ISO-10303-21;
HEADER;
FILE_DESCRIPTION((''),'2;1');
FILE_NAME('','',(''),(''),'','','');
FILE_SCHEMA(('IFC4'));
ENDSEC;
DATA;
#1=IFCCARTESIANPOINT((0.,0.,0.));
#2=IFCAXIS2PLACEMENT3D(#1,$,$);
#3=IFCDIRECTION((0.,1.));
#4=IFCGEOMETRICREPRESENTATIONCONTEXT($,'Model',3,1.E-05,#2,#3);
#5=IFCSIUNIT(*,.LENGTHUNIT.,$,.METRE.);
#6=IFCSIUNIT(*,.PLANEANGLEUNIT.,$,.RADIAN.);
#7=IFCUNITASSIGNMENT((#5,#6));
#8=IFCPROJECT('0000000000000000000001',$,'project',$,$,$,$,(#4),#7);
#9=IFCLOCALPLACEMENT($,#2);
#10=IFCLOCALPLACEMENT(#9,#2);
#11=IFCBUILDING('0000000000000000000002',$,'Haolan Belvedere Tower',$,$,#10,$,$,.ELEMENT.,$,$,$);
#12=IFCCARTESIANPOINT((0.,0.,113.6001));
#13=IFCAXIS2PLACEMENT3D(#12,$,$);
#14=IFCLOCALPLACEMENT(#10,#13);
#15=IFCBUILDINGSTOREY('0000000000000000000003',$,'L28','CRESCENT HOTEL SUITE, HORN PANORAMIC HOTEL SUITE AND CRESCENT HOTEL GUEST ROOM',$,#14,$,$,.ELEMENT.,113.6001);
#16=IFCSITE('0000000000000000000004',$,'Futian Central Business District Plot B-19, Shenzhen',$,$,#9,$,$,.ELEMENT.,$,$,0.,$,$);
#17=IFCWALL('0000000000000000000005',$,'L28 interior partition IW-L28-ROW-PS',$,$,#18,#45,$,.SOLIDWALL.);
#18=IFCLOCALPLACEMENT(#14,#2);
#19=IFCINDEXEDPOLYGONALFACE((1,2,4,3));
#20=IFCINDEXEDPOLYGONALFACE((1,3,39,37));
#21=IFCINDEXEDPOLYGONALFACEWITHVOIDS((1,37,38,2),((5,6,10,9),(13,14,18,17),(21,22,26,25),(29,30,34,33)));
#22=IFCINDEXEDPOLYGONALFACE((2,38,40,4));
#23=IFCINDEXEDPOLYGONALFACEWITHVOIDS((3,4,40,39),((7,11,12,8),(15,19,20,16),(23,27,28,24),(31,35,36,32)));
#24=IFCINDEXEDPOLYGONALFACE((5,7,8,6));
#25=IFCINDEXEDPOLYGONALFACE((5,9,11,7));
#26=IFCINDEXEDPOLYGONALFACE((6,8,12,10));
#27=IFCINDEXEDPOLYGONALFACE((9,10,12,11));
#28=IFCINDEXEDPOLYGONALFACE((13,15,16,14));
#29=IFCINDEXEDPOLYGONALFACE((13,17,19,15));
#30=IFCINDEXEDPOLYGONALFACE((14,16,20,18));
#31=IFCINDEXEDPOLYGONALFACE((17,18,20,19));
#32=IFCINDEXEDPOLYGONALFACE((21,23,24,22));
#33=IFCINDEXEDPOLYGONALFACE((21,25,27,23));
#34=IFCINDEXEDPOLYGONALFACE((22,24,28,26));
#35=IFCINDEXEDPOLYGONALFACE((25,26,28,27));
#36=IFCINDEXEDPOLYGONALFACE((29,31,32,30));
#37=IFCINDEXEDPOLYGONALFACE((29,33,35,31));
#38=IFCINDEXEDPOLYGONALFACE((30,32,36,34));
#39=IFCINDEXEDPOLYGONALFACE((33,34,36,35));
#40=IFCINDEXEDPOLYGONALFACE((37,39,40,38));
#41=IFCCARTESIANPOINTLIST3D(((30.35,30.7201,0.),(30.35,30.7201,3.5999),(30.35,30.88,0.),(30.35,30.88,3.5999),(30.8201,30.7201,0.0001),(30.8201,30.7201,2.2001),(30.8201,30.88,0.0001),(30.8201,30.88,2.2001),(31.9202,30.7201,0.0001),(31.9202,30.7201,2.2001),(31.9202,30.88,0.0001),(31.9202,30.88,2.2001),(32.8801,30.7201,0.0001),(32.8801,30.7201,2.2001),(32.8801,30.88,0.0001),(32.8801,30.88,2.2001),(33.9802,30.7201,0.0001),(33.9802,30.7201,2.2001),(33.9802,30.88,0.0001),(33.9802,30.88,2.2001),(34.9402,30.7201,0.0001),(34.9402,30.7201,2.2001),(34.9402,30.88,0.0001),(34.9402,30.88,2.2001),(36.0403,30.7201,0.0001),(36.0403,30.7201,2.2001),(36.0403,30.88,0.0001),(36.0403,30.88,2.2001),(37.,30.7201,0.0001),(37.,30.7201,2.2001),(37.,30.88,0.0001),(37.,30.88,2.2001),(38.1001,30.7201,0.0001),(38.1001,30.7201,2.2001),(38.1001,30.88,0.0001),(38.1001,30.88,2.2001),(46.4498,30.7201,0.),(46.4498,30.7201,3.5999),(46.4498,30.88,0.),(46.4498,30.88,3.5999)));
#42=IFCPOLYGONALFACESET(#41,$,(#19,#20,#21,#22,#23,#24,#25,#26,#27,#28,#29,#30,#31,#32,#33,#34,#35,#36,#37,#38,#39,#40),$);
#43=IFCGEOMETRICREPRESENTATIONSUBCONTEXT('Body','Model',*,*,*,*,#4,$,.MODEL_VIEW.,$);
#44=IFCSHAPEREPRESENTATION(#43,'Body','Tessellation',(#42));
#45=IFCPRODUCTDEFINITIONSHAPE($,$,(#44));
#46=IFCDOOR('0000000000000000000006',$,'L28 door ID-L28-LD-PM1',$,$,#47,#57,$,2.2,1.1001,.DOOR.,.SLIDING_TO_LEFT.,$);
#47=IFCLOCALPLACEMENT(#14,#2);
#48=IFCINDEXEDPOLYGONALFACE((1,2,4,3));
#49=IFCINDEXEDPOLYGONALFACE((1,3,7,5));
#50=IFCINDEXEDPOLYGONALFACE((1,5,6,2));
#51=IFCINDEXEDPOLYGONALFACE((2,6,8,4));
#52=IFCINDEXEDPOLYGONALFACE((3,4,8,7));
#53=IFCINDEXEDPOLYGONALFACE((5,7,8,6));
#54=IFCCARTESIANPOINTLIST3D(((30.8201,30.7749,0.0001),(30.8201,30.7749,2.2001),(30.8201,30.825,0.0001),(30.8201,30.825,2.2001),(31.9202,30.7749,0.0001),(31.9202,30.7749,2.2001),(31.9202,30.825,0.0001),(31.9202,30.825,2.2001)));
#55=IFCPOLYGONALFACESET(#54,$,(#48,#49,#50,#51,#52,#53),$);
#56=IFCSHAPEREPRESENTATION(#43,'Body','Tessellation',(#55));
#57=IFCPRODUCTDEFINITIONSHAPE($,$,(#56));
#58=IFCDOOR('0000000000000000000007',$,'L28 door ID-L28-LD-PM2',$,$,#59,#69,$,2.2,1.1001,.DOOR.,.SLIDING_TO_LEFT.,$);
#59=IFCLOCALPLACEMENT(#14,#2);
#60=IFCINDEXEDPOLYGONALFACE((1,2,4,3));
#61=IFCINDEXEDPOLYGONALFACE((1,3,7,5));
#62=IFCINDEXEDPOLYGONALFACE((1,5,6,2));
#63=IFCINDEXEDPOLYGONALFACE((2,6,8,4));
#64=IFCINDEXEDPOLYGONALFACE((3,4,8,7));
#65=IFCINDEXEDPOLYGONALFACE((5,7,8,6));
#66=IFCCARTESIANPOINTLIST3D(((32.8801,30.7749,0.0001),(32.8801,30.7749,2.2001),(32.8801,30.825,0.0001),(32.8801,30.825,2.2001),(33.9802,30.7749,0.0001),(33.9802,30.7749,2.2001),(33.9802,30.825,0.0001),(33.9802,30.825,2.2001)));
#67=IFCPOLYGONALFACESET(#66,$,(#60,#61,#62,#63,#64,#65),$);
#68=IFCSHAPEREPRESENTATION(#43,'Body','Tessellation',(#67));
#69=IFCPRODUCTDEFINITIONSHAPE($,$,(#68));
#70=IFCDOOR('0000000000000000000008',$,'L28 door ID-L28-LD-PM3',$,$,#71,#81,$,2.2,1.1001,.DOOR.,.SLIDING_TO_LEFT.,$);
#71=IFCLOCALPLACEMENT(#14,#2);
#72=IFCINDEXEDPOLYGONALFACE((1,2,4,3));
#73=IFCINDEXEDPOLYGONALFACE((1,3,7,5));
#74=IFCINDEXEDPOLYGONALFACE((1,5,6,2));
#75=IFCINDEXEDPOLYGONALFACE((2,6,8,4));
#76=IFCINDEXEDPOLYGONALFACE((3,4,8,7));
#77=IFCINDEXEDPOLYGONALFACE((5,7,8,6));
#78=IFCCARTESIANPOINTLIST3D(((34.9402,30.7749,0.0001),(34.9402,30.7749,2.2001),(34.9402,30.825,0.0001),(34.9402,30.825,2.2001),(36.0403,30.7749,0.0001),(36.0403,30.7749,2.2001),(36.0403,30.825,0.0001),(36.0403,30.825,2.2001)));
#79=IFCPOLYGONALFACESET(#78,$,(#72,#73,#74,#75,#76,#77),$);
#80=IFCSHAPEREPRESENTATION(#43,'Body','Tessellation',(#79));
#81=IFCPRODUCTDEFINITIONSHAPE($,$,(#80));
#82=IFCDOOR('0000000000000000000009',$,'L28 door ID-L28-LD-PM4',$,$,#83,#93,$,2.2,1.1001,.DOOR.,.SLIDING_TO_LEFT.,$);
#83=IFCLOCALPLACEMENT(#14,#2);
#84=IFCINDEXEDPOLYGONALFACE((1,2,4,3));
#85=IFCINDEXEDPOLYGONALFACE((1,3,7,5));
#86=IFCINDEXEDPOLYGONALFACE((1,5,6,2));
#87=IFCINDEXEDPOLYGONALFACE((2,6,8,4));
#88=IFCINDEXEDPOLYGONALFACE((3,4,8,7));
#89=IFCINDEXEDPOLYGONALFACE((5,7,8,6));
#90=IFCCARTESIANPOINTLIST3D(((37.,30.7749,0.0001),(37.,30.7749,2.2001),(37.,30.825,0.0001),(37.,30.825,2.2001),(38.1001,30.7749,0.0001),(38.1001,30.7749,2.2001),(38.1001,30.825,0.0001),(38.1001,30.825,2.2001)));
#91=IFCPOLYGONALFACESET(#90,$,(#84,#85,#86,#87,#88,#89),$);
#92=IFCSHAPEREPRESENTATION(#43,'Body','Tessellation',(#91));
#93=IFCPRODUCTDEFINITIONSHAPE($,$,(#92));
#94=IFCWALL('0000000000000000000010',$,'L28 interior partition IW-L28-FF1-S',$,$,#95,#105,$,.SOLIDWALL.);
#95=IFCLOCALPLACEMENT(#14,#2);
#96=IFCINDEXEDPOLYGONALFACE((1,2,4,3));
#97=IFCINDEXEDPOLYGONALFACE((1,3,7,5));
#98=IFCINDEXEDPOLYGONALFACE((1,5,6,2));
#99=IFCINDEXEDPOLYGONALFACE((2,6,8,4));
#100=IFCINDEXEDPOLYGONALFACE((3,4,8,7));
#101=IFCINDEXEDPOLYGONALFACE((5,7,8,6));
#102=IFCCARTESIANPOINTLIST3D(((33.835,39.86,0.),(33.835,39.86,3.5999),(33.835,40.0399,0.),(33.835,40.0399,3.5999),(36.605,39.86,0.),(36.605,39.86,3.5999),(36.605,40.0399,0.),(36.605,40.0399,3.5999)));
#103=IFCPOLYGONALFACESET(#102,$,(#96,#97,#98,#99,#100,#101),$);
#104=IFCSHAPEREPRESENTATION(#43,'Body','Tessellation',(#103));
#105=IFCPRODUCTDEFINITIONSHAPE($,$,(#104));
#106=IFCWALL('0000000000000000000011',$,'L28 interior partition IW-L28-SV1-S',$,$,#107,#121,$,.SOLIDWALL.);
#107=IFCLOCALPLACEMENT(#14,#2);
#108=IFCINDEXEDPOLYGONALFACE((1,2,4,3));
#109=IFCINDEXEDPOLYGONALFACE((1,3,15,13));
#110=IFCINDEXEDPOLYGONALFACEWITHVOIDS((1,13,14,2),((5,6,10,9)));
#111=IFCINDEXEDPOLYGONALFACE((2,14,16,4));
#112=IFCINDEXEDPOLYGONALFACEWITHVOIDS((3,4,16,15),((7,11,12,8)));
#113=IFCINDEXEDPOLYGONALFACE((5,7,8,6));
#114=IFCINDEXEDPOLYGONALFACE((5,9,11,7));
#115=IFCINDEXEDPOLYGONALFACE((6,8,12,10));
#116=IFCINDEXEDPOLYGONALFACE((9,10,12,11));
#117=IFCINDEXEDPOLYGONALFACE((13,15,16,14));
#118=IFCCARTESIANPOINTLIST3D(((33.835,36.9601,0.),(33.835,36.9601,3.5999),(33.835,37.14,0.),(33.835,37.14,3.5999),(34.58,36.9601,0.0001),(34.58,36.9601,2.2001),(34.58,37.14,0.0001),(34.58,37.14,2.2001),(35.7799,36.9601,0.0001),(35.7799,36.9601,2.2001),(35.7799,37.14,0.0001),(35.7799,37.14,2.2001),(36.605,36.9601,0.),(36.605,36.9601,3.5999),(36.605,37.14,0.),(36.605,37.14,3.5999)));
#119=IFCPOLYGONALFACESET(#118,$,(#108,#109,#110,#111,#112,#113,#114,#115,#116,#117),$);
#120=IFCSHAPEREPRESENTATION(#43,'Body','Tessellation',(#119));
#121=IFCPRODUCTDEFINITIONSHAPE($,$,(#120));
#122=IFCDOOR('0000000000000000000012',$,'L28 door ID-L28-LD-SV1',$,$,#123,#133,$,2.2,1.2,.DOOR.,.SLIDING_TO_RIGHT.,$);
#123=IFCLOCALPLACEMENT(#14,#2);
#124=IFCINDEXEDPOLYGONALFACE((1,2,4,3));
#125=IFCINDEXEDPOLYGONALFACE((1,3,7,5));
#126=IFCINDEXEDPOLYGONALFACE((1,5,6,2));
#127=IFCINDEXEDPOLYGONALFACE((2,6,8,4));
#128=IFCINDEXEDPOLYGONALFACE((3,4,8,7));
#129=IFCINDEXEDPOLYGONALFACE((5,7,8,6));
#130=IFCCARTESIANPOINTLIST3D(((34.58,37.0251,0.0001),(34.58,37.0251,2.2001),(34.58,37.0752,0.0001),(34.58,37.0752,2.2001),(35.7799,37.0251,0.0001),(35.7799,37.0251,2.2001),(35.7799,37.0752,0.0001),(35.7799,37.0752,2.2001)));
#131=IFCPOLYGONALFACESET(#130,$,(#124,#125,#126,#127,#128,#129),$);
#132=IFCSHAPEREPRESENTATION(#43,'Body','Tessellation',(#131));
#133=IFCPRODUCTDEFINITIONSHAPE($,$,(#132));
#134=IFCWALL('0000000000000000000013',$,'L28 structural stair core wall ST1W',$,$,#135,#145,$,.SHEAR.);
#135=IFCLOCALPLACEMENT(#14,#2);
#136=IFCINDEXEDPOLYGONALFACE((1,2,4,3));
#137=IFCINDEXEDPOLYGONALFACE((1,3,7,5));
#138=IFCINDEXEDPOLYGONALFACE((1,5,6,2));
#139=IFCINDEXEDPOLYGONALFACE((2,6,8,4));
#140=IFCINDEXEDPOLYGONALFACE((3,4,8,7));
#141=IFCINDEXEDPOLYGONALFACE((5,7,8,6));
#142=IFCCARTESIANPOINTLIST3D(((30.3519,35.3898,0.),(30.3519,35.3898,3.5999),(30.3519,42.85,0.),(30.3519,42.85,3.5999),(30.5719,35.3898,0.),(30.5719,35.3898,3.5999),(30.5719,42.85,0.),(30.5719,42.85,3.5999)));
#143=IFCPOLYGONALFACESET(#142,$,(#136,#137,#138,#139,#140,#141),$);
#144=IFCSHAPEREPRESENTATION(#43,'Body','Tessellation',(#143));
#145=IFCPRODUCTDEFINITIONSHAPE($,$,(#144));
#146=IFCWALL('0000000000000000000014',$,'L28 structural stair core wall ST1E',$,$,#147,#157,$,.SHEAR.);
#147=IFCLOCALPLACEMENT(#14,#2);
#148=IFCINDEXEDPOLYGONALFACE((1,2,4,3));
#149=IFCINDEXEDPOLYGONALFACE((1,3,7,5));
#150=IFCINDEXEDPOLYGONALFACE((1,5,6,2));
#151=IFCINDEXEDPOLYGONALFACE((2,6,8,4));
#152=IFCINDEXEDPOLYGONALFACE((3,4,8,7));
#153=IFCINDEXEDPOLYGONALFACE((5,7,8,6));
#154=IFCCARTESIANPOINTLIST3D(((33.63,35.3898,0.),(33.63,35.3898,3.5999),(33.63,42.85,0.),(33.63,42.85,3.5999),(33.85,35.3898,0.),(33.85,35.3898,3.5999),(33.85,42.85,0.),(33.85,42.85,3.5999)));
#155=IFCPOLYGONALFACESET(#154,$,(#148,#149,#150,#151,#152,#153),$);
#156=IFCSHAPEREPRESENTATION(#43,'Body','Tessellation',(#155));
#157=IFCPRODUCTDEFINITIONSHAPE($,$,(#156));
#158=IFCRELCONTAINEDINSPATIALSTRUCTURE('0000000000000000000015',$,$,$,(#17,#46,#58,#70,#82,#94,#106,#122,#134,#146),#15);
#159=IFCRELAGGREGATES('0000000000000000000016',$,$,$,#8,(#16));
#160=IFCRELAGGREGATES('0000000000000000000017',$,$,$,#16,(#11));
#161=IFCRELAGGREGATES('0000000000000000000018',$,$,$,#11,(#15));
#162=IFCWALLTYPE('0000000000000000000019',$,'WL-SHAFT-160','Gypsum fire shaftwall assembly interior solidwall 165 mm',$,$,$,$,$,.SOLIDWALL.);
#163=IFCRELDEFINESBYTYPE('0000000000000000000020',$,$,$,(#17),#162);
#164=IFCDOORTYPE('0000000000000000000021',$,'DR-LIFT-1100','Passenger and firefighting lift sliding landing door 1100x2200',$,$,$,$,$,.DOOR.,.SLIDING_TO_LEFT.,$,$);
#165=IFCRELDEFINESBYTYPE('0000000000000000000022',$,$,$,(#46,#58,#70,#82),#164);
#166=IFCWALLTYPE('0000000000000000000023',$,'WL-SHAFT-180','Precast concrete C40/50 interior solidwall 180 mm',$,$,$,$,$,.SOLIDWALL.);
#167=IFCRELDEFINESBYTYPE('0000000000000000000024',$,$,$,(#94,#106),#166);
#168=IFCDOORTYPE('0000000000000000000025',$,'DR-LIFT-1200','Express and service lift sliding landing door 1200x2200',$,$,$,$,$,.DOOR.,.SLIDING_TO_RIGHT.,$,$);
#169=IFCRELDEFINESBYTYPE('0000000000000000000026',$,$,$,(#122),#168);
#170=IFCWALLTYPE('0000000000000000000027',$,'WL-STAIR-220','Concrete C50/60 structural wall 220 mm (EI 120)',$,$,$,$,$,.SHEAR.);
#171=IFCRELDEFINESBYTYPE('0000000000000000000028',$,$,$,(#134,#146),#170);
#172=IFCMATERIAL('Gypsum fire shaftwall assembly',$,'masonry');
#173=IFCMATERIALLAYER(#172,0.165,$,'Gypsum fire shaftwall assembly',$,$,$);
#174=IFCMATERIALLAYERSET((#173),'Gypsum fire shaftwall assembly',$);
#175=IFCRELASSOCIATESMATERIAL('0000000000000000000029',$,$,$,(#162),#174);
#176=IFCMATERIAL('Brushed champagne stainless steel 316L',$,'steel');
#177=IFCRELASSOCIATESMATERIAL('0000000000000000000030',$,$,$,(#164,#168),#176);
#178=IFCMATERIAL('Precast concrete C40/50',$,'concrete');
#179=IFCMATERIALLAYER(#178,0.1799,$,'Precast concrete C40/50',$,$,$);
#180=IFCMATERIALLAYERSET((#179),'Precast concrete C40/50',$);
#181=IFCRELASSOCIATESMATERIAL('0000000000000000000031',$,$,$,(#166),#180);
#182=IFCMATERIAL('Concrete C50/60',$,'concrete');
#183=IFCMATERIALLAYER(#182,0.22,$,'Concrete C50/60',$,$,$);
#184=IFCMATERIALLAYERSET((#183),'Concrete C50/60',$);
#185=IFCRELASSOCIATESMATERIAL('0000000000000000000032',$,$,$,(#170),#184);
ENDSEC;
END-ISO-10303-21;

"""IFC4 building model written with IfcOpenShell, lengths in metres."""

from ifc_helpers import new_model, si_unit, direction, frame, frame_2d, origin, place, context, subcontext, project, spatial, rectangle, extrude, material, layer, layer_set, type_object, element, fill, save


model = new_model("IFC4")

# Units and contexts
model_context = context("Model", 3, precision=1e-05, world=origin(), true_north=direction((0.0, 1.0)))
body_context = subcontext(model_context, "Body", "Model", "MODEL_VIEW")
ifc_project = project(units=[si_unit("LENGTHUNIT", "METRE"), si_unit("PLANEANGLEUNIT", "RADIAN")], contexts=[model_context])

# Site, building, storey
site_placement = place(None, origin())
site = spatial("IfcSite", under=ifc_project, at=site_placement, Name="Futian Central Business District Plot B-19, Shenzhen", CompositionType="ELEMENT", RefElevation=0.0)
building_placement = place(site_placement, origin())
building = spatial("IfcBuilding", under=site, at=building_placement, Name="Haolan Belvedere Tower", CompositionType="ELEMENT")
storey_placement = place(building_placement, frame((0.0, 0.0, 113.6001)))
storey = spatial("IfcBuildingStorey", under=building, at=storey_placement, Name="L28", Description="CRESCENT HOTEL SUITE, HORN PANORAMIC HOTEL SUITE AND CRESCENT HOTEL GUEST ROOM", CompositionType="ELEMENT", Elevation=113.6001)

# Shared definitions
ifc_material_1 = material(Name="Gypsum fire shaftwall assembly", Category="masonry")
ifc_layer_1 = layer(ifc_material_1, 0.165, Name="Gypsum fire shaftwall assembly")
ifc_layer_set_1 = layer_set([ifc_layer_1], Name="Gypsum fire shaftwall assembly")
wall_type_1 = type_object("IfcWallType", Name="WL-SHAFT-160", Description="Gypsum fire shaftwall assembly interior solidwall 165 mm", PredefinedType="SOLIDWALL", material=ifc_layer_set_1)

# Wall, openings, doors
wall_1_placement = place(storey_placement, frame((30.3501, 30.8, 0.0), z_axis=(0.0, 0.0, 1.0), x_axis=(1.0, 0.0, 0.0)))
wall_1 = element("IfcWall", 1, at=wall_1_placement, inside=storey, type_object=wall_type_1, Name="L28 interior partition IW-L28-ROW-PS", PredefinedType="SOLIDWALL", context=body_context, shape_type="SweptSolid", body=[
    extrude(rectangle(XDim=16.0999, YDim=0.1599, at=frame_2d((8.0498, 0.0))), origin(), (0.0, 0.0, 1.0), 3.5999),
])
opening_1_placement = place(wall_1_placement, frame((0.47, 0.0, 0.0)))
opening_1 = element("IfcOpeningElement", 2, at=opening_1_placement, cuts=wall_1, PredefinedType="OPENING", context=body_context, shape_type="SweptSolid", body=[
    extrude(rectangle(XDim=1.1001, YDim=2.2, at=frame_2d((0.55, 1.1001))), frame((0.0, 0.0898, 0.0), z_axis=(0.0, -1.0, 0.0), x_axis=(1.0, 0.0, 0.0)), (0.0, 0.0, 1.0), 0.1799),
])
opening_2_placement = place(wall_1_placement, frame((2.53, 0.0, 0.0)))
opening_2 = element("IfcOpeningElement", 3, at=opening_2_placement, cuts=wall_1, PredefinedType="OPENING", context=body_context, shape_type="SweptSolid", body=[
    extrude(rectangle(XDim=1.1001, YDim=2.2, at=frame_2d((0.55, 1.1001))), frame((0.0, 0.0898, 0.0), z_axis=(0.0, -1.0, 0.0), x_axis=(1.0, 0.0, 0.0)), (0.0, 0.0, 1.0), 0.1799),
])
opening_3_placement = place(wall_1_placement, frame((4.5901, 0.0, 0.0)))
opening_3 = element("IfcOpeningElement", 4, at=opening_3_placement, cuts=wall_1, PredefinedType="OPENING", context=body_context, shape_type="SweptSolid", body=[
    extrude(rectangle(XDim=1.1001, YDim=2.2, at=frame_2d((0.55, 1.1001))), frame((0.0, 0.0898, 0.0), z_axis=(0.0, -1.0, 0.0), x_axis=(1.0, 0.0, 0.0)), (0.0, 0.0, 1.0), 0.1799),
])
opening_4_placement = place(wall_1_placement, frame((6.6499, 0.0, 0.0)))
opening_4 = element("IfcOpeningElement", 5, at=opening_4_placement, cuts=wall_1, PredefinedType="OPENING", context=body_context, shape_type="SweptSolid", body=[
    extrude(rectangle(XDim=1.1001, YDim=2.2, at=frame_2d((0.55, 1.1001))), frame((0.0, 0.0898, 0.0), z_axis=(0.0, -1.0, 0.0), x_axis=(1.0, 0.0, 0.0)), (0.0, 0.0, 1.0), 0.1799),
])
ifc_material_2 = material(Name="Brushed champagne stainless steel 316L", Category="steel")
door_type_1 = type_object("IfcDoorType", Name="DR-LIFT-1100", Description="Passenger and firefighting lift sliding landing door 1100x2200", OperationType="SLIDING_TO_LEFT", PredefinedType="DOOR", material=ifc_material_2)
door_1_placement = place(opening_1_placement, origin())
door_1 = element("IfcDoor", 6, at=door_1_placement, inside=storey, type_object=door_type_1, Name="L28 door ID-L28-LD-PM1", OperationType="SLIDING_TO_LEFT", OverallHeight=2.2, OverallWidth=1.1001, PredefinedType="DOOR", context=body_context, shape_type="SweptSolid", body=[
    extrude(rectangle(XDim=1.1001, YDim=2.2, at=frame_2d((0.55, 1.1001))), frame((0.0, 0.0249, 0.0), z_axis=(0.0, -1.0, 0.0), x_axis=(1.0, 0.0, 0.0)), (0.0, 0.0, 1.0), 0.05),
])
fill(opening_1, door_1)
door_2_placement = place(opening_2_placement, origin())
door_2 = element("IfcDoor", 7, at=door_2_placement, inside=storey, type_object=door_type_1, Name="L28 door ID-L28-LD-PM2", OperationType="SLIDING_TO_LEFT", OverallHeight=2.2, OverallWidth=1.1001, PredefinedType="DOOR", context=body_context, shape_type="SweptSolid", body=[
    extrude(rectangle(XDim=1.1001, YDim=2.2, at=frame_2d((0.55, 1.1001))), frame((0.0, 0.0249, 0.0), z_axis=(0.0, -1.0, 0.0), x_axis=(1.0, 0.0, 0.0)), (0.0, 0.0, 1.0), 0.05),
])
fill(opening_2, door_2)
door_3_placement = place(opening_3_placement, origin())
door_3 = element("IfcDoor", 8, at=door_3_placement, inside=storey, type_object=door_type_1, Name="L28 door ID-L28-LD-PM3", OperationType="SLIDING_TO_LEFT", OverallHeight=2.2, OverallWidth=1.1001, PredefinedType="DOOR", context=body_context, shape_type="SweptSolid", body=[
    extrude(rectangle(XDim=1.1001, YDim=2.2, at=frame_2d((0.55, 1.1001))), frame((0.0, 0.0249, 0.0), z_axis=(0.0, -1.0, 0.0), x_axis=(1.0, 0.0, 0.0)), (0.0, 0.0, 1.0), 0.05),
])
fill(opening_3, door_3)
door_4_placement = place(opening_4_placement, origin())
door_4 = element("IfcDoor", 9, at=door_4_placement, inside=storey, type_object=door_type_1, Name="L28 door ID-L28-LD-PM4", OperationType="SLIDING_TO_LEFT", OverallHeight=2.2, OverallWidth=1.1001, PredefinedType="DOOR", context=body_context, shape_type="SweptSolid", body=[
    extrude(rectangle(XDim=1.1001, YDim=2.2, at=frame_2d((0.55, 1.1001))), frame((0.0, 0.0249, 0.0), z_axis=(0.0, -1.0, 0.0), x_axis=(1.0, 0.0, 0.0)), (0.0, 0.0, 1.0), 0.05),
])
fill(opening_4, door_4)

# Wall
ifc_material_3 = material(Name="Precast concrete C40/50", Category="concrete")
ifc_layer_2 = layer(ifc_material_3, 0.1799, Name="Precast concrete C40/50")
ifc_layer_set_2 = layer_set([ifc_layer_2], Name="Precast concrete C40/50")
wall_type_2 = type_object("IfcWallType", Name="WL-SHAFT-180", Description="Precast concrete C40/50 interior solidwall 180 mm", PredefinedType="SOLIDWALL", material=ifc_layer_set_2)
wall_2_placement = place(storey_placement, frame((33.835, 39.95, 0.0), z_axis=(0.0, 0.0, 1.0), x_axis=(1.0, 0.0, 0.0)))
element("IfcWall", 10, at=wall_2_placement, inside=storey, type_object=wall_type_2, Name="L28 interior partition IW-L28-FF1-S", PredefinedType="SOLIDWALL", context=body_context, shape_type="SweptSolid", body=[
    extrude(rectangle(XDim=2.77, YDim=0.1799, at=frame_2d((1.385, 0.0))), origin(), (0.0, 0.0, 1.0), 3.5999),
])

# Wall, opening, door
wall_3_placement = place(storey_placement, frame((33.835, 37.05, 0.0), z_axis=(0.0, 0.0, 1.0), x_axis=(1.0, 0.0, 0.0)))
wall_3 = element("IfcWall", 11, at=wall_3_placement, inside=storey, type_object=wall_type_2, Name="L28 interior partition IW-L28-SV1-S", PredefinedType="SOLIDWALL", context=body_context, shape_type="SweptSolid", body=[
    extrude(rectangle(XDim=2.77, YDim=0.1799, at=frame_2d((1.385, 0.0))), origin(), (0.0, 0.0, 1.0), 3.5999),
])
opening_5_placement = place(wall_3_placement, frame((1.9451, 0.0, 0.0), z_axis=(0.0, 0.0, 1.0), x_axis=(-1.0, 0.0, 0.0)))
opening_5 = element("IfcOpeningElement", 12, at=opening_5_placement, cuts=wall_3, PredefinedType="OPENING", context=body_context, shape_type="SweptSolid", body=[
    extrude(rectangle(XDim=1.2, YDim=2.2, at=frame_2d((0.6001, 1.1001))), frame((0.0, 0.0999, 0.0), z_axis=(0.0, -1.0, 0.0), x_axis=(1.0, 0.0, 0.0)), (0.0, 0.0, 1.0), 0.2),
])
door_type_2 = type_object("IfcDoorType", Name="DR-LIFT-1200", Description="Express and service lift sliding landing door 1200x2200", OperationType="SLIDING_TO_RIGHT", PredefinedType="DOOR", material=ifc_material_2)
door_5_placement = place(opening_5_placement, origin())
door_5 = element("IfcDoor", 13, at=door_5_placement, inside=storey, type_object=door_type_2, Name="L28 door ID-L28-LD-SV1", OperationType="SLIDING_TO_RIGHT", OverallHeight=2.2, OverallWidth=1.2, PredefinedType="DOOR", context=body_context, shape_type="SweptSolid", body=[
    extrude(rectangle(XDim=1.2, YDim=2.2, at=frame_2d((0.6001, 1.1001))), frame((0.0, 0.0249, 0.0), z_axis=(0.0, -1.0, 0.0), x_axis=(1.0, 0.0, 0.0)), (0.0, 0.0, 1.0), 0.05),
])
fill(opening_5, door_5)

# Walls
ifc_material_4 = material(Name="Concrete C50/60", Category="concrete")
ifc_layer_3 = layer(ifc_material_4, 0.22, Name="Concrete C50/60")
ifc_layer_set_3 = layer_set([ifc_layer_3], Name="Concrete C50/60")
wall_type_3 = type_object("IfcWallType", Name="WL-STAIR-220", Description="Concrete C50/60 structural wall 220 mm (EI 120)", PredefinedType="SHEAR", material=ifc_layer_set_3)
for number, where, z_axis, x_axis, name in (
    (14, (30.4619, 35.3899, 0.0), (0.0, 0.0, 1.0), (0.0, 1.0, 0.0), "L28 structural stair core wall ST1W"),
    (15, (33.74, 35.3899, 0.0), (0.0, 0.0, 1.0), (0.0, 1.0, 0.0), "L28 structural stair core wall ST1E"),
):
    element("IfcWall", number, at=place(storey_placement, frame(where, z_axis=z_axis, x_axis=x_axis)), inside=storey, type_object=wall_type_3, Name=name, PredefinedType="SHEAR", context=body_context, shape_type="SweptSolid", body=[
        extrude(rectangle(XDim=7.4602, YDim=0.22, at=frame_2d((3.73, 0.0))), origin(), (0.0, 0.0, 1.0), 3.5999),
    ])

save(model, "model.ifc")
